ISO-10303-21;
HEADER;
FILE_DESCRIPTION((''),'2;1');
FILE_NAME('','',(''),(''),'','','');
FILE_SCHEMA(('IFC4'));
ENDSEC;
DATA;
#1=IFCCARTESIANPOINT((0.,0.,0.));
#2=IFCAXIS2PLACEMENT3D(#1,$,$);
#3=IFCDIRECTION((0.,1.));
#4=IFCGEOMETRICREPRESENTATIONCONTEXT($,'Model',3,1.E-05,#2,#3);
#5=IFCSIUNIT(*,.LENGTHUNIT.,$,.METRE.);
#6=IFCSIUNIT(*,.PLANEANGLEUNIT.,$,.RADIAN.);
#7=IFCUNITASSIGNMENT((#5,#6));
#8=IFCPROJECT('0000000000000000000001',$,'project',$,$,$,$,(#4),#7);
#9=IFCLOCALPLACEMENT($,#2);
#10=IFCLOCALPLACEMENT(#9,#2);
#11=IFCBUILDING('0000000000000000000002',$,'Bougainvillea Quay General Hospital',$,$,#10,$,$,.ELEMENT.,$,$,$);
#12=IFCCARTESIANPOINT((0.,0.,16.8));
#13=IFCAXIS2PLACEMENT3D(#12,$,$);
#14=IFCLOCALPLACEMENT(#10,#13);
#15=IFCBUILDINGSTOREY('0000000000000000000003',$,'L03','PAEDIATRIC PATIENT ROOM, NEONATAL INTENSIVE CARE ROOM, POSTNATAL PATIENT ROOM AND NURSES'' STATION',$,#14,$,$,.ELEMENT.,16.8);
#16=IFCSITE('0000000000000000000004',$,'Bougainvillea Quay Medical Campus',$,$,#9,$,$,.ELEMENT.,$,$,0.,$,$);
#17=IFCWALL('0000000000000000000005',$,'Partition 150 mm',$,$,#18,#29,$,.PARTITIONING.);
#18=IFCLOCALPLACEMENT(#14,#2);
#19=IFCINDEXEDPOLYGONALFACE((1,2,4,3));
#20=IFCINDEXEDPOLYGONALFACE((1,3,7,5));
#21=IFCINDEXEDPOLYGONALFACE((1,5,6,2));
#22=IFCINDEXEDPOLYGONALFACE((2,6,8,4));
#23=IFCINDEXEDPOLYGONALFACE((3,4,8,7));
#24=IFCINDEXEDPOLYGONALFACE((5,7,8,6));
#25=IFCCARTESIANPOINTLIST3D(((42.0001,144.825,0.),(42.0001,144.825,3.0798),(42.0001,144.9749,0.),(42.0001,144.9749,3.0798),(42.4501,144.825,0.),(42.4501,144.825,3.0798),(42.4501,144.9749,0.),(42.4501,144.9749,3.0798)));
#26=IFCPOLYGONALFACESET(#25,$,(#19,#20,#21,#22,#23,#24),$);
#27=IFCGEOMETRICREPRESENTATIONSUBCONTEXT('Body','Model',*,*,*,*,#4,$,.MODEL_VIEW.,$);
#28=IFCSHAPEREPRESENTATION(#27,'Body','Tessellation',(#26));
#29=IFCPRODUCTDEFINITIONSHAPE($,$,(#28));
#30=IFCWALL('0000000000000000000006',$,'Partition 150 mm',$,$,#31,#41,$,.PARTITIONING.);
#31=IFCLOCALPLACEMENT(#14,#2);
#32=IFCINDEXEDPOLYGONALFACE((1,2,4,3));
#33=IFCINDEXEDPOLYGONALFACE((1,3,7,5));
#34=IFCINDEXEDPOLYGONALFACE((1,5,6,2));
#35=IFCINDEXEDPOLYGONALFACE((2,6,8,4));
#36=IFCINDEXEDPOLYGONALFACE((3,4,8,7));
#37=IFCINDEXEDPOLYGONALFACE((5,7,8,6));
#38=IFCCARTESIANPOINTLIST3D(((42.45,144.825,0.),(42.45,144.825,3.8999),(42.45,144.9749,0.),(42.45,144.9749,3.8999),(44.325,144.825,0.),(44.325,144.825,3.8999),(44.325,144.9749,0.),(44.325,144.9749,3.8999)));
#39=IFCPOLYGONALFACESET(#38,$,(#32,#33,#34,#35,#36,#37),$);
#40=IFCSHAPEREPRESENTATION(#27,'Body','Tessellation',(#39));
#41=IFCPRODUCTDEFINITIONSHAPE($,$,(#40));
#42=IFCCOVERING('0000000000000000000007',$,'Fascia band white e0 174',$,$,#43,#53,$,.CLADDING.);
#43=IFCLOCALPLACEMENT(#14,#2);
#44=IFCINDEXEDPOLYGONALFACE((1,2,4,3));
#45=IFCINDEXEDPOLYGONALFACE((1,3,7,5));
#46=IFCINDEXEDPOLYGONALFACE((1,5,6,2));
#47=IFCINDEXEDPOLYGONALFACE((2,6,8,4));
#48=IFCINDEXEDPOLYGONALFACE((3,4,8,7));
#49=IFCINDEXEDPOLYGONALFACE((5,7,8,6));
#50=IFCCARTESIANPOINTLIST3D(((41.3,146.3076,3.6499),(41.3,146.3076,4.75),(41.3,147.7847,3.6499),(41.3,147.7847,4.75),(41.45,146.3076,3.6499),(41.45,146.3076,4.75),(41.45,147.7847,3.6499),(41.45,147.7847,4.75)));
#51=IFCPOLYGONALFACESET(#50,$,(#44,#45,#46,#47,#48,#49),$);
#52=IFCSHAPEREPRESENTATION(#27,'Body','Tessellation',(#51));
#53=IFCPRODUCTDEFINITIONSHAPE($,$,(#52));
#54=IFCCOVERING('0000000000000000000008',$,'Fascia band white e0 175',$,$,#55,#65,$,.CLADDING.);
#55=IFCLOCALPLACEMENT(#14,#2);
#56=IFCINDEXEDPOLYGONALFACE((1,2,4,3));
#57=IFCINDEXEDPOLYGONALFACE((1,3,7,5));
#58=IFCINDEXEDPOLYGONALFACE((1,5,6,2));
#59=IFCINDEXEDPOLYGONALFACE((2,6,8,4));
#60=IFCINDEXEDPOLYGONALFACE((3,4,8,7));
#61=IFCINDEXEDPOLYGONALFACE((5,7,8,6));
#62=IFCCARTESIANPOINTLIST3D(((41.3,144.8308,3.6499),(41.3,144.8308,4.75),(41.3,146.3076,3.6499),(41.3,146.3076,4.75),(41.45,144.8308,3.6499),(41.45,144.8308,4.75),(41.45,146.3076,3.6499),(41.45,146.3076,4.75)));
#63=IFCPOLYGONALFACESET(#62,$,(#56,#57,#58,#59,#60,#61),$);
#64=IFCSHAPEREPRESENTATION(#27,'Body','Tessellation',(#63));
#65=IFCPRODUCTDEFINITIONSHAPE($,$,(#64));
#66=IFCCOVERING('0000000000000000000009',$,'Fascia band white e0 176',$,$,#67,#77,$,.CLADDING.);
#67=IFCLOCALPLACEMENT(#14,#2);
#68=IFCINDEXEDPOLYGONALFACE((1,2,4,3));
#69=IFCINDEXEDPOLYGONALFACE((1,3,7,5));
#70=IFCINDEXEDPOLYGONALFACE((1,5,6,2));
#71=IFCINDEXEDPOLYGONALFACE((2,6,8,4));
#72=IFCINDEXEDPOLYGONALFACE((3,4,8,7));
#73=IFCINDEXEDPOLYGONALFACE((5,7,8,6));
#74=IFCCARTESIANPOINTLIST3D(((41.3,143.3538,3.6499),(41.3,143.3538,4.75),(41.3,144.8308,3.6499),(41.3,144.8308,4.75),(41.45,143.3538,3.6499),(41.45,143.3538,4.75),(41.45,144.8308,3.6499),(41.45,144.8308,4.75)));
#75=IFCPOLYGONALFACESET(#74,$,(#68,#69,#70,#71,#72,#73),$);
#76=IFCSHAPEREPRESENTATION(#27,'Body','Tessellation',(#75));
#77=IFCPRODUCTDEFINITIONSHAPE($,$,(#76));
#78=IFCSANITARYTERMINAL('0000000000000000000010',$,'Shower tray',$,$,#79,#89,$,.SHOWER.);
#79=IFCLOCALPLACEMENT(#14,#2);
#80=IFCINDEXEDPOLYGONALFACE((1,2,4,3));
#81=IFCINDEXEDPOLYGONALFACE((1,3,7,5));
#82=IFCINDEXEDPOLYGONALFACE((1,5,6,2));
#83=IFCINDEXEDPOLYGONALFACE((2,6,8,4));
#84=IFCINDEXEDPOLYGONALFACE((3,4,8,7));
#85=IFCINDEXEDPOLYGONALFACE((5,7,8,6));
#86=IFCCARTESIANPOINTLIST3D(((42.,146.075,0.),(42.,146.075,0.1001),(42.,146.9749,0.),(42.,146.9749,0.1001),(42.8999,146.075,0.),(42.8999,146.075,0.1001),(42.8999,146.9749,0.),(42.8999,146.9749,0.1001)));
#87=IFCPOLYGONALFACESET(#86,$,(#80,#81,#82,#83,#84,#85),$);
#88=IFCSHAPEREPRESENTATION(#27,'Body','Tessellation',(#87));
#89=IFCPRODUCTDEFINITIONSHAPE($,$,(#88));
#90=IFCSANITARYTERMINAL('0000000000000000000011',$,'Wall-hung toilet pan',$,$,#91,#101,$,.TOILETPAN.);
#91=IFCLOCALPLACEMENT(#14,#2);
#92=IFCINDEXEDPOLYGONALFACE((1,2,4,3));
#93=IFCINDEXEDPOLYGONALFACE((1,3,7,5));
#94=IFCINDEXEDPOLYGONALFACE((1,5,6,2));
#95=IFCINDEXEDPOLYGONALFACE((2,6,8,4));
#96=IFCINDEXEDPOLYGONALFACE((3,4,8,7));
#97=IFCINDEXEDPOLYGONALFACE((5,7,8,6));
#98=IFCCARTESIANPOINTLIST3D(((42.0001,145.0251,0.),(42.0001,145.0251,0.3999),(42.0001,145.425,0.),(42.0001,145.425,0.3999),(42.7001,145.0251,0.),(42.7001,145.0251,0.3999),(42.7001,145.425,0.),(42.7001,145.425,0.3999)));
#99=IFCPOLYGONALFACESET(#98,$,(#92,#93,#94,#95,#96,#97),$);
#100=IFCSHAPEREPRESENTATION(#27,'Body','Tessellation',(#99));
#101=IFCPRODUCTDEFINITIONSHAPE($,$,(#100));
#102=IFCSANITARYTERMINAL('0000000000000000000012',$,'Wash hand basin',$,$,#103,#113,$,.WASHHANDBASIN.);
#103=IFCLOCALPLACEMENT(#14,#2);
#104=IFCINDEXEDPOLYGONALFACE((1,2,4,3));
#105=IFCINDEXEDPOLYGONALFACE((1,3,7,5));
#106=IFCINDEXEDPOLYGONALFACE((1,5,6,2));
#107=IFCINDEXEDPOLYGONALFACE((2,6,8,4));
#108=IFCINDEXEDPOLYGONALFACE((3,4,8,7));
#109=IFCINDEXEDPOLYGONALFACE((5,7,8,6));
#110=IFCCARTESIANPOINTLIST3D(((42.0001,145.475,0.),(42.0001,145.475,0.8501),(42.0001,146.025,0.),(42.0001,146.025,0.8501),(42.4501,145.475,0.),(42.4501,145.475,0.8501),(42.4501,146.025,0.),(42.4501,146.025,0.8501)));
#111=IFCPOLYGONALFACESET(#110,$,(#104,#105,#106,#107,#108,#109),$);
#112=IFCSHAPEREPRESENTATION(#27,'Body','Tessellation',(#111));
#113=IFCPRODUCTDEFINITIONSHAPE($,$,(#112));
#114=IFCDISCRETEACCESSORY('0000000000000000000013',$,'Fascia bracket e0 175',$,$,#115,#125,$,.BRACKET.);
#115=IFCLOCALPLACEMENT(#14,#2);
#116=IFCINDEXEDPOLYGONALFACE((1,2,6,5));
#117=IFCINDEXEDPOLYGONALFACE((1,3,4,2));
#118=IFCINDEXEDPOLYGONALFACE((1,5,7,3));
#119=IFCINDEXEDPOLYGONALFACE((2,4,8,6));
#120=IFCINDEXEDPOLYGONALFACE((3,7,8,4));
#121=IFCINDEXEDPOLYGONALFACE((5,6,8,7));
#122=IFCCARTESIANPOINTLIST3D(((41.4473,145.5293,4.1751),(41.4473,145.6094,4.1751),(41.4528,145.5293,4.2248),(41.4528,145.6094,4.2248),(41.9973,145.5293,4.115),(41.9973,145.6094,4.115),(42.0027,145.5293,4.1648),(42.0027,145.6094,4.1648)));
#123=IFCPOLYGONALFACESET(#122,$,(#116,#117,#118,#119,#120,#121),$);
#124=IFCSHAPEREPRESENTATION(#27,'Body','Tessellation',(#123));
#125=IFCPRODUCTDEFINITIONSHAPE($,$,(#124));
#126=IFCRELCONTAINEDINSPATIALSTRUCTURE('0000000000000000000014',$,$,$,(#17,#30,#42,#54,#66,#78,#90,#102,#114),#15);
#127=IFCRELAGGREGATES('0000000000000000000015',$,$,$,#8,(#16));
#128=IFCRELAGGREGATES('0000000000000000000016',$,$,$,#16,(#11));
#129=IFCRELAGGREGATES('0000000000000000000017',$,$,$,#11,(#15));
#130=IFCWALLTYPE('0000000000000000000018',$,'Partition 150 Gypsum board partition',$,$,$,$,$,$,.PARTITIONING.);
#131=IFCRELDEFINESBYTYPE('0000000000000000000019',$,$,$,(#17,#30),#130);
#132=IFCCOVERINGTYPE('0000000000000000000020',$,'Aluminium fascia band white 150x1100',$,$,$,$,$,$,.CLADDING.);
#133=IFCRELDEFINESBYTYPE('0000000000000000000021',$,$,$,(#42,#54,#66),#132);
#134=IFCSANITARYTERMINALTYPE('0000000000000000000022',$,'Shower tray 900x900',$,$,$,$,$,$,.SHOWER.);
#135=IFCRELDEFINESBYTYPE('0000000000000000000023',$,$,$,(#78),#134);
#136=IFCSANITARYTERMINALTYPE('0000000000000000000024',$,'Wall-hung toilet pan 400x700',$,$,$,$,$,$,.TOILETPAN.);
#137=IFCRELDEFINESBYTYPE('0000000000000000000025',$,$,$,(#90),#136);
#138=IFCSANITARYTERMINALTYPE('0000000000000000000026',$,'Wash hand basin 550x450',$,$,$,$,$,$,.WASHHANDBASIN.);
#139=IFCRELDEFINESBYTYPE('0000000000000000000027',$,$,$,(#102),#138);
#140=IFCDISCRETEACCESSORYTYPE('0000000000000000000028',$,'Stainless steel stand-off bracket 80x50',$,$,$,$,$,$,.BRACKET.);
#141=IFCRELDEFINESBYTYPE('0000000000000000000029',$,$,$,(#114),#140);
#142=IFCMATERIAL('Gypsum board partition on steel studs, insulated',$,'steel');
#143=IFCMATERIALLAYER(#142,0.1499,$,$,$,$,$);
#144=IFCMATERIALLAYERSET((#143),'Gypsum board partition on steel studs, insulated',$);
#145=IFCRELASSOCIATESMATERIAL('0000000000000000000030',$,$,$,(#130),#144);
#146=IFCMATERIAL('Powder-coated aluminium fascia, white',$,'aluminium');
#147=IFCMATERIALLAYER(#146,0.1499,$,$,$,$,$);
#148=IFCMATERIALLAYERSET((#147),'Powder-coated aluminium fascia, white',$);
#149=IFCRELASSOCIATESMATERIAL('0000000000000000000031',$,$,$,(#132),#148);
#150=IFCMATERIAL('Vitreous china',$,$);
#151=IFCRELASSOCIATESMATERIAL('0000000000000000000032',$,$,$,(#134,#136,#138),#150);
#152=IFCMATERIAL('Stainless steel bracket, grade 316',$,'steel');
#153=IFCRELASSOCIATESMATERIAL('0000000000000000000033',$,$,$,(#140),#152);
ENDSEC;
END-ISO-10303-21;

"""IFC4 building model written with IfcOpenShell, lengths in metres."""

from ifc_helpers import new_model, si_unit, direction, frame, frame_2d, origin, origin_2d, place, context, subcontext, project, spatial, polyline, rectangle, outline, extrude, material, layer, layer_set, material_profile, profile_set, type_object, element, save


model = new_model("IFC4")

# Units and contexts
model_context = context("Model", 3, precision=1e-05, world=origin(), true_north=direction((0.0, 1.0)))
body_context = subcontext(model_context, "Body", "Model", "MODEL_VIEW")
ifc_project = project(units=[si_unit("LENGTHUNIT", "METRE"), si_unit("PLANEANGLEUNIT", "RADIAN")], contexts=[model_context])

# Site, building, storey
site_placement = place(None, origin())
site = spatial("IfcSite", under=ifc_project, at=site_placement, Name="Bougainvillea Quay Medical Campus", CompositionType="ELEMENT", RefElevation=0.0)
building_placement = place(site_placement, origin())
building = spatial("IfcBuilding", under=site, at=building_placement, Name="Bougainvillea Quay General Hospital", CompositionType="ELEMENT")
storey_placement = place(building_placement, frame((0.0, 0.0, 16.8)))
storey = spatial("IfcBuildingStorey", under=building, at=storey_placement, Name="L03", Description="PAEDIATRIC PATIENT ROOM, NEONATAL INTENSIVE CARE ROOM, POSTNATAL PATIENT ROOM AND NURSES' STATION", CompositionType="ELEMENT", Elevation=16.8)

# Shared definitions
ifc_material_1 = material(Name="Gypsum board partition on steel studs, insulated", Category="steel")
ifc_layer_1 = layer(ifc_material_1, 0.1499)
ifc_layer_set_1 = layer_set([ifc_layer_1], Name="Gypsum board partition on steel studs, insulated")
wall_type = type_object("IfcWallType", Name="Partition 150 Gypsum board partition", PredefinedType="PARTITIONING", material=ifc_layer_set_1)

# Walls
wall_1_placement = place(storey_placement, frame((42.0, 144.8999, 0.0), z_axis=(0.0, 0.0, 1.0), x_axis=(1.0, 0.0, 0.0)))
element("IfcWall", 1, at=wall_1_placement, inside=storey, type_object=wall_type, Name="Partition 150 mm", PredefinedType="PARTITIONING", context=body_context, shape_type="SweptSolid", body=[
    extrude(rectangle(XDim=0.45, YDim=0.1499, at=frame_2d((0.2251, 0.0))), origin(), (0.0, 0.0, 1.0), 3.0798),
])
wall_2_placement = place(storey_placement, frame((42.45, 144.8999, 0.0), z_axis=(0.0, 0.0, 1.0), x_axis=(1.0, 0.0, 0.0)))
element("IfcWall", 2, at=wall_2_placement, inside=storey, type_object=wall_type, Name="Partition 150 mm", PredefinedType="PARTITIONING", context=body_context, shape_type="SweptSolid", body=[
    extrude(rectangle(XDim=1.875, YDim=0.1499, at=frame_2d((0.9375, 0.0))), origin(), (0.0, 0.0, 1.0), 3.8999),
])

# Coverings
ifc_material_2 = material(Name="Powder-coated aluminium fascia, white", Category="aluminium")
ifc_layer_2 = layer(ifc_material_2, 0.1499)
ifc_layer_set_2 = layer_set([ifc_layer_2], Name="Powder-coated aluminium fascia, white")
covering_type = type_object("IfcCoveringType", Name="Aluminium fascia band white 150x1100", PredefinedType="CLADDING", material=ifc_layer_set_2)
covering_1_placement = place(storey_placement, frame((41.45, 147.7847, 3.6499), z_axis=(0.0, 0.0, 1.0), x_axis=(0.0, -1.0, 0.0)))
element("IfcCovering", 3, at=covering_1_placement, inside=storey, type_object=covering_type, Name="Fascia band white e0 174", PredefinedType="CLADDING", context=body_context, shape_type="SweptSolid", body=[
    extrude(outline(polyline([(0.0, 0.0), (1.4771, 0.0), (1.4771, -0.1499), (0.0, -0.1499), (0.0, 0.0)])), origin(), (0.0, 0.0, 1.0), 1.1001),
])
covering_2_placement = place(storey_placement, frame((41.45, 146.3076, 3.6499), z_axis=(0.0, 0.0, 1.0), x_axis=(0.0, -1.0, 0.0)))
element("IfcCovering", 4, at=covering_2_placement, inside=storey, type_object=covering_type, Name="Fascia band white e0 175", PredefinedType="CLADDING", context=body_context, shape_type="SweptSolid", body=[
    extrude(outline(polyline([(0.0, 0.0), (1.4768, 0.0), (1.4768, -0.1499), (0.0, -0.1499), (0.0, 0.0)])), origin(), (0.0, 0.0, 1.0), 1.1001),
])
covering_3_placement = place(storey_placement, frame((41.45, 144.8308, 3.6499), z_axis=(0.0, 0.0, 1.0), x_axis=(0.0, -1.0, 0.0)))
element("IfcCovering", 5, at=covering_3_placement, inside=storey, type_object=covering_type, Name="Fascia band white e0 176", PredefinedType="CLADDING", context=body_context, shape_type="SweptSolid", body=[
    extrude(outline(polyline([(0.0, 0.0), (1.4771, 0.0), (1.4771, -0.1499), (0.0, -0.1499), (0.0, 0.0)])), origin(), (0.0, 0.0, 1.0), 1.1001),
])

# Sanitary terminals
ifc_material_3 = material(Name="Vitreous china")
sanitary_terminal_type_1 = type_object("IfcSanitaryTerminalType", Name="Shower tray 900x900", PredefinedType="SHOWER", material=ifc_material_3)
sanitary_terminal_1_placement = place(storey_placement, frame((42.45, 146.5249, 0.0), z_axis=(0.0, 0.0, 1.0), x_axis=(0.0, 1.0, 0.0)))
element("IfcSanitaryTerminal", 6, at=sanitary_terminal_1_placement, inside=storey, type_object=sanitary_terminal_type_1, Name="Shower tray", PredefinedType="SHOWER", context=body_context, shape_type="SweptSolid", body=[
    extrude(rectangle(XDim=0.8999, YDim=0.8999, at=origin_2d()), origin(), (0.0, 0.0, 1.0), 0.1001),
])
sanitary_terminal_type_2 = type_object("IfcSanitaryTerminalType", Name="Wall-hung toilet pan 400x700", PredefinedType="TOILETPAN", material=ifc_material_3)
sanitary_terminal_2_placement = place(storey_placement, frame((42.3501, 145.2251, 0.0), z_axis=(0.0, 0.0, 1.0), x_axis=(0.0, 1.0, 0.0)))
element("IfcSanitaryTerminal", 7, at=sanitary_terminal_2_placement, inside=storey, type_object=sanitary_terminal_type_2, Name="Wall-hung toilet pan", PredefinedType="TOILETPAN", context=body_context, shape_type="SweptSolid", body=[
    extrude(rectangle(XDim=0.3999, YDim=0.7, at=origin_2d()), origin(), (0.0, 0.0, 1.0), 0.3999),
])
sanitary_terminal_type_3 = type_object("IfcSanitaryTerminalType", Name="Wash hand basin 550x450", PredefinedType="WASHHANDBASIN", material=ifc_material_3)
sanitary_terminal_3_placement = place(storey_placement, frame((42.2251, 145.75, 0.0), z_axis=(0.0, 0.0, 1.0), x_axis=(0.0, 1.0, 0.0)))
element("IfcSanitaryTerminal", 8, at=sanitary_terminal_3_placement, inside=storey, type_object=sanitary_terminal_type_3, Name="Wash hand basin", PredefinedType="WASHHANDBASIN", context=body_context, shape_type="SweptSolid", body=[
    extrude(rectangle(XDim=0.55, YDim=0.45, at=origin_2d()), origin(), (0.0, 0.0, 1.0), 0.8501),
])

# Discrete accessory
ifc_material_4 = material(Name="Stainless steel bracket, grade 316", Category="steel")
ifc_material_profile_1 = material_profile(ifc_material_4, rectangle(XDim=0.0801, YDim=0.05, at=origin_2d()))
ifc_profile_set_1 = profile_set([ifc_material_profile_1], Name="Stainless steel bracket, grade 316")
discrete_accessory_type = type_object("IfcDiscreteAccessoryType", Name="Stainless steel stand-off bracket 80x50", PredefinedType="BRACKET", material=ifc_profile_set_1)
discrete_accessory_placement = place(storey_placement, frame((42.0, 145.5693, 4.1399), z_axis=(-0.994092, 0.0, 0.108543), x_axis=(0.0, -1.0, 0.0)))
element("IfcDiscreteAccessory", 9, at=discrete_accessory_placement, inside=storey, type_object=discrete_accessory_type, Name="Fascia bracket e0 175", PredefinedType="BRACKET", context=body_context, shape_type="SweptSolid", body=[
    extrude(rectangle(XDim=0.0801, YDim=0.05, at=origin_2d()), origin(), (0.0, 0.0, 1.0), 0.5532),
])

save(model, "model.ifc")
